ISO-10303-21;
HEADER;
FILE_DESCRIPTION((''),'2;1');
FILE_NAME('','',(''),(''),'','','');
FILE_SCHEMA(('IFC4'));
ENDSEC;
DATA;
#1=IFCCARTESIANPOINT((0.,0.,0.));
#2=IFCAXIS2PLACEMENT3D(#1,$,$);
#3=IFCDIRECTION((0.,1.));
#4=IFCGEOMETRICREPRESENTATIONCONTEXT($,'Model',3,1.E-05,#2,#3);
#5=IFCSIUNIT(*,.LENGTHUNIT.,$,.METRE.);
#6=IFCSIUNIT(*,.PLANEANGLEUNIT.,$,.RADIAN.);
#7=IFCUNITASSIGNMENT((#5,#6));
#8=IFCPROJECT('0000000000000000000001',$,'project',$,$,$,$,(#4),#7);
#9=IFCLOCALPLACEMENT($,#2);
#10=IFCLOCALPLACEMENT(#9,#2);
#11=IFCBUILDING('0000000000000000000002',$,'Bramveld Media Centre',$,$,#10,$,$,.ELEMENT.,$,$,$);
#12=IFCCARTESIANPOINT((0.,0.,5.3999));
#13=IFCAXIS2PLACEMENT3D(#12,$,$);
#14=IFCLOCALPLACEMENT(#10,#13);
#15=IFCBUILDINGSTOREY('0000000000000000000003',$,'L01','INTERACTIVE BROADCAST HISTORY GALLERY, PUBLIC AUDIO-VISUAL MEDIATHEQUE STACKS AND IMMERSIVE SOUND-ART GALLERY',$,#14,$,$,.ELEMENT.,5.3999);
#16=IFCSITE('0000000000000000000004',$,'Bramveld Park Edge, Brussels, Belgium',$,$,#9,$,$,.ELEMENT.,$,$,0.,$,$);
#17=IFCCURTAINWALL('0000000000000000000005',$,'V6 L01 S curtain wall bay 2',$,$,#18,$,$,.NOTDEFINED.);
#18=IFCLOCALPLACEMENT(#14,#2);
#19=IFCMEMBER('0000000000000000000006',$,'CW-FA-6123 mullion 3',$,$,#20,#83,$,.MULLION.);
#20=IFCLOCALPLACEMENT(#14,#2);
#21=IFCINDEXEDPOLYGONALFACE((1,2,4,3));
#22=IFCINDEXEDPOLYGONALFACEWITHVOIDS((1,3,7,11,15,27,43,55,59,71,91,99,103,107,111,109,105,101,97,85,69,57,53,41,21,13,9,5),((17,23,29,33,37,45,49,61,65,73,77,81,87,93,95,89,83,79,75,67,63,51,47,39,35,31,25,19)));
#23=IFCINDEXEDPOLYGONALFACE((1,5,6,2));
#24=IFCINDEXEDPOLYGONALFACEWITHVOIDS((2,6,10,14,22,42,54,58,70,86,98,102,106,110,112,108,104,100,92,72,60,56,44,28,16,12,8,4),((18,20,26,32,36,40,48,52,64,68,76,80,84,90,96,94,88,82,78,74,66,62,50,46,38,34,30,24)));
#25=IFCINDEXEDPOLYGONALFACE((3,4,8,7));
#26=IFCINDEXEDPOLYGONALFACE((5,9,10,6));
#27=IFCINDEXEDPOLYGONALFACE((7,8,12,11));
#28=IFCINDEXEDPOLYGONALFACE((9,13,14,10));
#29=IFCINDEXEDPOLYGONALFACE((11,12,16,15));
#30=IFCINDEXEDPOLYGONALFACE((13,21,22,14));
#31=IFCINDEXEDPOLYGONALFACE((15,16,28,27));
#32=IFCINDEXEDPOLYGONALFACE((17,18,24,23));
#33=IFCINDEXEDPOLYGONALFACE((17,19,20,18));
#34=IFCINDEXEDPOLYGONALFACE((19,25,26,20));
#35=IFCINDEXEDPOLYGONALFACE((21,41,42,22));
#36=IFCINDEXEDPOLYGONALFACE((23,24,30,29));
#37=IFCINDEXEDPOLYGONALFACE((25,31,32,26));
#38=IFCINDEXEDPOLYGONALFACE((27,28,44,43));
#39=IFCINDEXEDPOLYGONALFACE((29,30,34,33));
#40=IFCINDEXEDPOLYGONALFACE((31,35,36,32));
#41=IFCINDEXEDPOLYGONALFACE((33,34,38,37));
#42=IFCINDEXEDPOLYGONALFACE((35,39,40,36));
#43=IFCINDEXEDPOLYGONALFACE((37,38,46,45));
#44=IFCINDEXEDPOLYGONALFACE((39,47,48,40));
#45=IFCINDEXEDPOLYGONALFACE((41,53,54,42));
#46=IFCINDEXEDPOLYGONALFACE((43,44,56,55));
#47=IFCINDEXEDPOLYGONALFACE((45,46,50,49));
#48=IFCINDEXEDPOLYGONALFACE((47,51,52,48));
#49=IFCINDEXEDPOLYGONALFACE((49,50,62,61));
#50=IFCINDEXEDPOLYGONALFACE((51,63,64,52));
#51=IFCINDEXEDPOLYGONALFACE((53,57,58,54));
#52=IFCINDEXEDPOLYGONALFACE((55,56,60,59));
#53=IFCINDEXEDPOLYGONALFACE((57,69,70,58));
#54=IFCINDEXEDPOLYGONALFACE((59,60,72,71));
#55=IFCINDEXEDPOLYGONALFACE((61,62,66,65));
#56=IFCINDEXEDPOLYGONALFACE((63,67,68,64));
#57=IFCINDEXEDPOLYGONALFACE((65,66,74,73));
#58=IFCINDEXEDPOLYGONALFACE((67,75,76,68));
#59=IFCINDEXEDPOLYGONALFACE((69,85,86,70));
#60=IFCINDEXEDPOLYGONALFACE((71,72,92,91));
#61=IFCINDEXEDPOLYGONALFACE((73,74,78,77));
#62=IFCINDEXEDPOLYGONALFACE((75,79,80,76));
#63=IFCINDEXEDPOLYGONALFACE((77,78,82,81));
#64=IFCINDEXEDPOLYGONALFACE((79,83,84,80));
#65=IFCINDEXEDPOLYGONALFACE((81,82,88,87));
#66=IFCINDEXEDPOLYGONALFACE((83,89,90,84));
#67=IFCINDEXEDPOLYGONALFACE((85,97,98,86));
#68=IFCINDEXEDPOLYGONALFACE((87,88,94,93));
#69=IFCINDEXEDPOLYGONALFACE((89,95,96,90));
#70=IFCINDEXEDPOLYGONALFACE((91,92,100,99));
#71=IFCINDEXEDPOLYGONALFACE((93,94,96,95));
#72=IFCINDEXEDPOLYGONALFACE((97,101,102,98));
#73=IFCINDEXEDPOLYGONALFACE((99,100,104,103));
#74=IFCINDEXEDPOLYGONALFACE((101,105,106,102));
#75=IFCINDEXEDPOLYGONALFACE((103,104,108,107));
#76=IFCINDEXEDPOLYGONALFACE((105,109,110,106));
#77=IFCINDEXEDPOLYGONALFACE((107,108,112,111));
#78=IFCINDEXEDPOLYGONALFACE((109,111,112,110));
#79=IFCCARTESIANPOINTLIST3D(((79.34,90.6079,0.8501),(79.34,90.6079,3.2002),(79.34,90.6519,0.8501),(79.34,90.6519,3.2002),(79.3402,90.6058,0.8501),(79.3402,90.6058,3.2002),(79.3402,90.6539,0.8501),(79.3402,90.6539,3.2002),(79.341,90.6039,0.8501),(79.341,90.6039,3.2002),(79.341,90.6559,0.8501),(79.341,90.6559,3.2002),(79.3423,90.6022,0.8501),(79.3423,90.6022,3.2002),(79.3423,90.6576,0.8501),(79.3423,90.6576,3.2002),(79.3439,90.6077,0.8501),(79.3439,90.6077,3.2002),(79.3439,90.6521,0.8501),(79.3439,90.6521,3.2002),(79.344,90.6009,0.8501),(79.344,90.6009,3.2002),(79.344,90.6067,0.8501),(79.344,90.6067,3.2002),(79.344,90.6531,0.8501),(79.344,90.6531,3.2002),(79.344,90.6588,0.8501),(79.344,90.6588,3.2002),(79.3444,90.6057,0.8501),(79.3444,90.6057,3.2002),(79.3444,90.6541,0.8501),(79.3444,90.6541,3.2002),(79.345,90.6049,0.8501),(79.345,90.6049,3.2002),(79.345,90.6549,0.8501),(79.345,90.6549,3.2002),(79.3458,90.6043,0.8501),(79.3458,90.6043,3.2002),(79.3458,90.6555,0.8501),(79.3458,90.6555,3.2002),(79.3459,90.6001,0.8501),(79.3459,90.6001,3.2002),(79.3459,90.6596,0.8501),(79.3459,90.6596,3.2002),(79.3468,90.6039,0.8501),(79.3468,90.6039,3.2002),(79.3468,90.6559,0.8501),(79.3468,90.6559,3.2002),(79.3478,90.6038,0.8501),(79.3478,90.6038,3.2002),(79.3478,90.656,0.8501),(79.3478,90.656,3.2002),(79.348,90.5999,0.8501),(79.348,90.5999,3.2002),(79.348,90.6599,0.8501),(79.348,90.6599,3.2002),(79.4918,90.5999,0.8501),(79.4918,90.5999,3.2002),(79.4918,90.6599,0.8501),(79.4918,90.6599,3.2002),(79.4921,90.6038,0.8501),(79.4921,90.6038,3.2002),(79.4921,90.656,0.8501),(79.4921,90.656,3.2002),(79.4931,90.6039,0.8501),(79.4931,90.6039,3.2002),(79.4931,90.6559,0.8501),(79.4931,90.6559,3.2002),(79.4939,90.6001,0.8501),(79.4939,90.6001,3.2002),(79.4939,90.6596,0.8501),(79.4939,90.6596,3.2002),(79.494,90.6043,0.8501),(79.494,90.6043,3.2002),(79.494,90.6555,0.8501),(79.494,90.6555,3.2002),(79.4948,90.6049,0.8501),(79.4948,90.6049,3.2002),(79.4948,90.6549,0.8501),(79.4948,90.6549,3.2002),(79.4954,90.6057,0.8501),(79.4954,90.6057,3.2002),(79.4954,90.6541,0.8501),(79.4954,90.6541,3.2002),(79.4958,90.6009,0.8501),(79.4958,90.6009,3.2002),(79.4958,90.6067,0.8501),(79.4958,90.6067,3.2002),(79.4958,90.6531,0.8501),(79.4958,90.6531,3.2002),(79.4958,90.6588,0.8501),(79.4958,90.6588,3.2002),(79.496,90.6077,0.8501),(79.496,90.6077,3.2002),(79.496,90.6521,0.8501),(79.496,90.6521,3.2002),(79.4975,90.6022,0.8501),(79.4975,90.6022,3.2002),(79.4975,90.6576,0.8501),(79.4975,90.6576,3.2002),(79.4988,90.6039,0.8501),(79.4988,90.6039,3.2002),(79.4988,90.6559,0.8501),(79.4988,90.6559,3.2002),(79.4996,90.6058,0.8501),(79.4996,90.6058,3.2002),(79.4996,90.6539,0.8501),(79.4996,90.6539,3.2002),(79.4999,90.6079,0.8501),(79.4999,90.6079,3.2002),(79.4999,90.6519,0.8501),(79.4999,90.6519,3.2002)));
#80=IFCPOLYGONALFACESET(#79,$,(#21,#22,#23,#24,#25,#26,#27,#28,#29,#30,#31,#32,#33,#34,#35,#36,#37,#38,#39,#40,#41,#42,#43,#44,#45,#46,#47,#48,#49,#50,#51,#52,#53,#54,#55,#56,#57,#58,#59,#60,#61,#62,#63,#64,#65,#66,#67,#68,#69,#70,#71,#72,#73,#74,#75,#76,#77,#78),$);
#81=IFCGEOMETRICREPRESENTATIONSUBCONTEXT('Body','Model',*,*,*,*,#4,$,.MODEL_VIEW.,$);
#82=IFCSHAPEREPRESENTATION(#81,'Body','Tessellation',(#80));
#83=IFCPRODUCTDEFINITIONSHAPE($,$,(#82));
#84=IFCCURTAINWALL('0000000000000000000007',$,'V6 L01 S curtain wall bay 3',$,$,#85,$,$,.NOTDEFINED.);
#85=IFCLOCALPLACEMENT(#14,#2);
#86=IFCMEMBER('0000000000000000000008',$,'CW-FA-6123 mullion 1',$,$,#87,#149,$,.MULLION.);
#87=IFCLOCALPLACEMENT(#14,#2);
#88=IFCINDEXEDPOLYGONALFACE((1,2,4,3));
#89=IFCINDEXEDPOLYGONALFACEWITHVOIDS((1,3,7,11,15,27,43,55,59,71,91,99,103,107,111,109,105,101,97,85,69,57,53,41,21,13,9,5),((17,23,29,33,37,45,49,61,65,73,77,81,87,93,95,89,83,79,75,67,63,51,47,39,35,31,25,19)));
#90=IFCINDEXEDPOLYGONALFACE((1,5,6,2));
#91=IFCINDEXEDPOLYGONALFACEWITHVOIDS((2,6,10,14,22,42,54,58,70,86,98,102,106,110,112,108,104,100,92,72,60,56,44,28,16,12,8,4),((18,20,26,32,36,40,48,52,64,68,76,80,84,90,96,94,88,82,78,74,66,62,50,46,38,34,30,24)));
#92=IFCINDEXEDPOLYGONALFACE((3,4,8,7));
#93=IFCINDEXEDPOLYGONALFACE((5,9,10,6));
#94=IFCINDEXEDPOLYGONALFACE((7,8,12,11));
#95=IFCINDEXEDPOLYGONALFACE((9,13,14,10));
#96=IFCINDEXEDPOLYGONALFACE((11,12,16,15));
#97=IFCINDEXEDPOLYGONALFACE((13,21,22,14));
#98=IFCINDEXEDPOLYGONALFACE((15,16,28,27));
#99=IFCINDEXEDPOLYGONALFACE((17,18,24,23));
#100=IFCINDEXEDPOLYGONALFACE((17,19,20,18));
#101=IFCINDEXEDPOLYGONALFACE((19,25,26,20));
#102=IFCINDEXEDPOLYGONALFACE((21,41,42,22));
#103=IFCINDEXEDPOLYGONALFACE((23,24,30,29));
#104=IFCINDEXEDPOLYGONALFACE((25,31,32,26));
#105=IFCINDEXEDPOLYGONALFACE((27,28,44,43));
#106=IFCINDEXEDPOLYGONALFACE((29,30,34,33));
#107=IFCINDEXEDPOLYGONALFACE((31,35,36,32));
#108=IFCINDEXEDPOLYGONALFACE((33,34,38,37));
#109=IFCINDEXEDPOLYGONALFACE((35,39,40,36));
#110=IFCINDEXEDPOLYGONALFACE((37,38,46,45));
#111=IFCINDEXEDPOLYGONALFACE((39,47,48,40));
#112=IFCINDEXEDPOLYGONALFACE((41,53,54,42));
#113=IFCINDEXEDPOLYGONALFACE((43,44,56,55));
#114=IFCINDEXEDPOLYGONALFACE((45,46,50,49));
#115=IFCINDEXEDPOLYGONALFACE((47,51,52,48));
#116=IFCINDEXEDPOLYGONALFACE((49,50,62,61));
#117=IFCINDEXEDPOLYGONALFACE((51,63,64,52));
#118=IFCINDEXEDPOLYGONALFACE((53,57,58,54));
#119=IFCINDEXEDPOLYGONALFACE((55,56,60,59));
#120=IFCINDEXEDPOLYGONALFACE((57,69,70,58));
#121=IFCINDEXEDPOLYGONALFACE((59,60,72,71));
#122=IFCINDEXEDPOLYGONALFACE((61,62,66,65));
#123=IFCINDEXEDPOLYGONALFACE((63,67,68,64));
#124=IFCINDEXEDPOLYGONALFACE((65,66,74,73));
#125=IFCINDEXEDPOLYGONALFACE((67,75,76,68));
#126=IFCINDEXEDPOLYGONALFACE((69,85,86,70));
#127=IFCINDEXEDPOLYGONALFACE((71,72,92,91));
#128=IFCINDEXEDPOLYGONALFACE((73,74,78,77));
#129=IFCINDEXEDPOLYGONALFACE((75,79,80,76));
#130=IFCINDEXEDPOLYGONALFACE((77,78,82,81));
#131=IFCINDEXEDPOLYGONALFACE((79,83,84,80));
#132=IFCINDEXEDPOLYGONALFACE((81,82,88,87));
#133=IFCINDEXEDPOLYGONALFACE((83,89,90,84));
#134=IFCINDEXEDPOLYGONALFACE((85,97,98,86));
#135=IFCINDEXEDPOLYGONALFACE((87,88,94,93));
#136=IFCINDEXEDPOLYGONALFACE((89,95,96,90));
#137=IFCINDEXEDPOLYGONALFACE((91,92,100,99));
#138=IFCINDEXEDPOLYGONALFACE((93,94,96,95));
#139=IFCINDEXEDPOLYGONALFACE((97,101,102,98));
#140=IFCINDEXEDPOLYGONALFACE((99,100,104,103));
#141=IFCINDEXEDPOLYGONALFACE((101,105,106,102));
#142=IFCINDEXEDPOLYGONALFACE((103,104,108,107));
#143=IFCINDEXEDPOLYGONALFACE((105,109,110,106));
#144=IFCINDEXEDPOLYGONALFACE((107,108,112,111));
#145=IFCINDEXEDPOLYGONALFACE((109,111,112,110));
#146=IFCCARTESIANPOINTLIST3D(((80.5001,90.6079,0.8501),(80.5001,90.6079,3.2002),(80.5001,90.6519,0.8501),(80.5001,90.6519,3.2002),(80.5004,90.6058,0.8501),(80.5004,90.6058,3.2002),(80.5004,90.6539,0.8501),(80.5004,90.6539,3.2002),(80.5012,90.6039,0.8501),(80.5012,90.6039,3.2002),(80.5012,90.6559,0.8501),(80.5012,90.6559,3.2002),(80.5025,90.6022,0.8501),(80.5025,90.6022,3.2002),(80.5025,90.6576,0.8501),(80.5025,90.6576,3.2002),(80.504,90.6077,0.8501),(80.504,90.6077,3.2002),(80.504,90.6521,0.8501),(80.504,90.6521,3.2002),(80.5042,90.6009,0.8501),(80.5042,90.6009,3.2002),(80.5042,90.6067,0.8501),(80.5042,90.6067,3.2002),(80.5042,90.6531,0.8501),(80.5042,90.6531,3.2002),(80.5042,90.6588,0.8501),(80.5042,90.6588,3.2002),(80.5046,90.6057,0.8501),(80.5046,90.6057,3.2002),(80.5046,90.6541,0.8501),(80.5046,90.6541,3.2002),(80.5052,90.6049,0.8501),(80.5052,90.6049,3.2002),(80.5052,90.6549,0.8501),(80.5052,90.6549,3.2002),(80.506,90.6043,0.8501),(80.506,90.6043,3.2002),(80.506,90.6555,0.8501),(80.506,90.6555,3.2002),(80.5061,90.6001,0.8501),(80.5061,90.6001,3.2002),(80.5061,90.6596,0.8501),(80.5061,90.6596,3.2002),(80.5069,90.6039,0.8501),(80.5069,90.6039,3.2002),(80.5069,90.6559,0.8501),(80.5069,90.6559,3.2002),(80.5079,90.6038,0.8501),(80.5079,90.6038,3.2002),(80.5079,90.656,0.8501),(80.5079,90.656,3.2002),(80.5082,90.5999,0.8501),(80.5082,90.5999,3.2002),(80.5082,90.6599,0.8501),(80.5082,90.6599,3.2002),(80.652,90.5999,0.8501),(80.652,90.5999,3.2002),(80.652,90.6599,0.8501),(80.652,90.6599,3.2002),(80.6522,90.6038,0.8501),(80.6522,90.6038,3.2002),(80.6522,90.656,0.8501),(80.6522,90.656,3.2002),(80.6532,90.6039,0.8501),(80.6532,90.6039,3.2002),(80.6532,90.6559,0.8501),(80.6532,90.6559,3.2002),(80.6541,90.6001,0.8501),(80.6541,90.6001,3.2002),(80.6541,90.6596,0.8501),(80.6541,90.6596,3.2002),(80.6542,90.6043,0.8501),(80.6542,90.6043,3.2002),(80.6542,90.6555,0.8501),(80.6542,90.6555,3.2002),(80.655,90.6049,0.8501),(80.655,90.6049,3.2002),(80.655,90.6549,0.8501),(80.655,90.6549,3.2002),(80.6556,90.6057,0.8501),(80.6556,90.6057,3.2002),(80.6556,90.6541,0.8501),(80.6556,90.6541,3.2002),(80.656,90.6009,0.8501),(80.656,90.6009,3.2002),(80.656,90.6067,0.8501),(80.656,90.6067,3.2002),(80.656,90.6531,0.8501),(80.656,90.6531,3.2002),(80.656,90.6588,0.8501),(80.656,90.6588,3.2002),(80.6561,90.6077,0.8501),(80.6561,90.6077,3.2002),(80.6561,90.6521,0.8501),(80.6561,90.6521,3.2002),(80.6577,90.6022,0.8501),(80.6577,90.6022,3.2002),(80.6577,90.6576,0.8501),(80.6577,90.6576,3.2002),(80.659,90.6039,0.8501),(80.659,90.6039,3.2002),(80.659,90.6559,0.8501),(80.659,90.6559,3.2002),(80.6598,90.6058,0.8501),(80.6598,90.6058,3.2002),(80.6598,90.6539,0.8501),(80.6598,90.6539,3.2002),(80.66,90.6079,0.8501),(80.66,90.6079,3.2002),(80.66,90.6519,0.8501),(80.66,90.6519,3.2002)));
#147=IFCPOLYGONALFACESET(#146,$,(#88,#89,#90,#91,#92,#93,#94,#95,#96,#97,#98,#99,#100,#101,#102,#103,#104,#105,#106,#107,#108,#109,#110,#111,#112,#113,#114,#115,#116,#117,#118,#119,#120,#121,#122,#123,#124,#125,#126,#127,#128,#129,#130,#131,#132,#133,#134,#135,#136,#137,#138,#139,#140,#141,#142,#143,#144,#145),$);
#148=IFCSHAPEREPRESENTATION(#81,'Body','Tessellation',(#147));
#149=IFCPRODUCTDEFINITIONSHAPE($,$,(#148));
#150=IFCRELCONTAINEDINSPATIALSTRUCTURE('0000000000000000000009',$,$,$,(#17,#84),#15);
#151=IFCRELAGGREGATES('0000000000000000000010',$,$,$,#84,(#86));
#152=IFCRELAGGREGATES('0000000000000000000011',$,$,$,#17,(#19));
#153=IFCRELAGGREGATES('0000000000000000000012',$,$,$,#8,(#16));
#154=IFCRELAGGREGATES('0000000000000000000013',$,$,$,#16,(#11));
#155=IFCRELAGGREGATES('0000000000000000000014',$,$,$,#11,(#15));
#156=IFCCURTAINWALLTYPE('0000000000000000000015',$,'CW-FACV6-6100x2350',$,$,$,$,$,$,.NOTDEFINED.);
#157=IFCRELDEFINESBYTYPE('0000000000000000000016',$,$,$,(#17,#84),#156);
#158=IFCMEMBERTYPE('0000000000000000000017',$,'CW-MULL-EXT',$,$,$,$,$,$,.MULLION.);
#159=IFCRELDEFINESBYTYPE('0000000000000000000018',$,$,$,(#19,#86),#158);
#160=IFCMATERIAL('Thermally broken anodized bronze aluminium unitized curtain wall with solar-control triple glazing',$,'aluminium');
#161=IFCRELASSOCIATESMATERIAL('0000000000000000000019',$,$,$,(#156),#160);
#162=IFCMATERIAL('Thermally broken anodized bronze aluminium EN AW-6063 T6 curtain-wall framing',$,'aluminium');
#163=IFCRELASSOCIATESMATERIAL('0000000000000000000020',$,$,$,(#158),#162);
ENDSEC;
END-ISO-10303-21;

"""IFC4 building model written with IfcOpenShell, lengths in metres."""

from ifc_helpers import new_model, si_unit, direction, frame, origin, origin_2d, place, context, subcontext, project, spatial, hollow_rectangle, extrude, material, material_profile, profile_set, type_object, element, aggregate, save


model = new_model("IFC4")

# Units and contexts
model_context = context("Model", 3, precision=1e-05, world=origin(), true_north=direction((0.0, 1.0)))
body_context = subcontext(model_context, "Body", "Model", "MODEL_VIEW")
ifc_project = project(units=[si_unit("LENGTHUNIT", "METRE"), si_unit("PLANEANGLEUNIT", "RADIAN")], contexts=[model_context])

# Site, building, storey
site_placement = place(None, origin())
site = spatial("IfcSite", under=ifc_project, at=site_placement, Name="Bramveld Park Edge, Brussels, Belgium", CompositionType="ELEMENT", RefElevation=0.0)
building_placement = place(site_placement, origin())
building = spatial("IfcBuilding", under=site, at=building_placement, Name="Bramveld Media Centre", CompositionType="ELEMENT")
storey_placement = place(building_placement, frame((0.0, 0.0, 5.3999)))
storey = spatial("IfcBuildingStorey", under=building, at=storey_placement, Name="L01", Description="INTERACTIVE BROADCAST HISTORY GALLERY, PUBLIC AUDIO-VISUAL MEDIATHEQUE STACKS AND IMMERSIVE SOUND-ART GALLERY", CompositionType="ELEMENT", Elevation=5.3999)

# Curtain wall, member
ifc_material_1 = material(Name="Thermally broken anodized bronze aluminium unitized curtain wall with solar-control triple glazing", Category="aluminium")
curtain_wall_type = type_object("IfcCurtainWallType", Name="CW-FACV6-6100x2350", PredefinedType="NOTDEFINED", material=ifc_material_1)
curtain_wall_1_placement = place(storey_placement, origin())
curtain_wall_1 = element("IfcCurtainWall", 1, at=curtain_wall_1_placement, inside=storey, type_object=curtain_wall_type, Name="V6 L01 S curtain wall bay 2", PredefinedType="NOTDEFINED")
ifc_material_2 = material(Name="Thermally broken anodized bronze aluminium EN AW-6063 T6 curtain-wall framing", Category="aluminium")
ifc_material_profile_1 = material_profile(ifc_material_2, hollow_rectangle(XDim=0.0601, YDim=0.1599, WallThickness=0.0039, InnerFilletRadius=0.0039, OuterFilletRadius=0.0081, at=origin_2d()), Name="AL-MULL 60x160")
ifc_profile_set_1 = profile_set([ifc_material_profile_1], Name="Thermally broken anodized bronze aluminium EN AW-6063 T6 curtain-wall framing")
member_type_1 = type_object("IfcMemberType", Name="CW-MULL-EXT", PredefinedType="MULLION", material=ifc_profile_set_1)
member_1_placement = place(storey_placement, frame((79.4199, 90.6299, 0.8501), z_axis=(0.0, 0.0, 1.0), x_axis=(0.0, 1.0, 0.0)))
member_1 = element("IfcMember", 2, at=member_1_placement, type_object=member_type_1, Name="CW-FA-6123 mullion 3", PredefinedType="MULLION", context=body_context, shape_type="SweptSolid", body=[
    extrude(hollow_rectangle(XDim=0.0601, YDim=0.1599, WallThickness=0.0039, InnerFilletRadius=0.0039, OuterFilletRadius=0.0081, at=origin_2d()), origin(), (0.0, 0.0, 1.0), 2.3501),
])

# Curtain wall, member
curtain_wall_2_placement = place(storey_placement, origin())
curtain_wall_2 = element("IfcCurtainWall", 3, at=curtain_wall_2_placement, inside=storey, type_object=curtain_wall_type, Name="V6 L01 S curtain wall bay 3", PredefinedType="NOTDEFINED")
member_2_placement = place(storey_placement, frame((80.5801, 90.6299, 0.8501), z_axis=(0.0, 0.0, 1.0), x_axis=(0.0, 1.0, 0.0)))
member_2 = element("IfcMember", 4, at=member_2_placement, type_object=member_type_1, Name="CW-FA-6123 mullion 1", PredefinedType="MULLION", context=body_context, shape_type="SweptSolid", body=[
    extrude(hollow_rectangle(XDim=0.0601, YDim=0.1599, WallThickness=0.0039, InnerFilletRadius=0.0039, OuterFilletRadius=0.0081, at=origin_2d()), origin(), (0.0, 0.0, 1.0), 2.3501),
])

aggregate(curtain_wall_2, [member_2])

aggregate(curtain_wall_1, [member_1])

save(model, "model.ifc")
